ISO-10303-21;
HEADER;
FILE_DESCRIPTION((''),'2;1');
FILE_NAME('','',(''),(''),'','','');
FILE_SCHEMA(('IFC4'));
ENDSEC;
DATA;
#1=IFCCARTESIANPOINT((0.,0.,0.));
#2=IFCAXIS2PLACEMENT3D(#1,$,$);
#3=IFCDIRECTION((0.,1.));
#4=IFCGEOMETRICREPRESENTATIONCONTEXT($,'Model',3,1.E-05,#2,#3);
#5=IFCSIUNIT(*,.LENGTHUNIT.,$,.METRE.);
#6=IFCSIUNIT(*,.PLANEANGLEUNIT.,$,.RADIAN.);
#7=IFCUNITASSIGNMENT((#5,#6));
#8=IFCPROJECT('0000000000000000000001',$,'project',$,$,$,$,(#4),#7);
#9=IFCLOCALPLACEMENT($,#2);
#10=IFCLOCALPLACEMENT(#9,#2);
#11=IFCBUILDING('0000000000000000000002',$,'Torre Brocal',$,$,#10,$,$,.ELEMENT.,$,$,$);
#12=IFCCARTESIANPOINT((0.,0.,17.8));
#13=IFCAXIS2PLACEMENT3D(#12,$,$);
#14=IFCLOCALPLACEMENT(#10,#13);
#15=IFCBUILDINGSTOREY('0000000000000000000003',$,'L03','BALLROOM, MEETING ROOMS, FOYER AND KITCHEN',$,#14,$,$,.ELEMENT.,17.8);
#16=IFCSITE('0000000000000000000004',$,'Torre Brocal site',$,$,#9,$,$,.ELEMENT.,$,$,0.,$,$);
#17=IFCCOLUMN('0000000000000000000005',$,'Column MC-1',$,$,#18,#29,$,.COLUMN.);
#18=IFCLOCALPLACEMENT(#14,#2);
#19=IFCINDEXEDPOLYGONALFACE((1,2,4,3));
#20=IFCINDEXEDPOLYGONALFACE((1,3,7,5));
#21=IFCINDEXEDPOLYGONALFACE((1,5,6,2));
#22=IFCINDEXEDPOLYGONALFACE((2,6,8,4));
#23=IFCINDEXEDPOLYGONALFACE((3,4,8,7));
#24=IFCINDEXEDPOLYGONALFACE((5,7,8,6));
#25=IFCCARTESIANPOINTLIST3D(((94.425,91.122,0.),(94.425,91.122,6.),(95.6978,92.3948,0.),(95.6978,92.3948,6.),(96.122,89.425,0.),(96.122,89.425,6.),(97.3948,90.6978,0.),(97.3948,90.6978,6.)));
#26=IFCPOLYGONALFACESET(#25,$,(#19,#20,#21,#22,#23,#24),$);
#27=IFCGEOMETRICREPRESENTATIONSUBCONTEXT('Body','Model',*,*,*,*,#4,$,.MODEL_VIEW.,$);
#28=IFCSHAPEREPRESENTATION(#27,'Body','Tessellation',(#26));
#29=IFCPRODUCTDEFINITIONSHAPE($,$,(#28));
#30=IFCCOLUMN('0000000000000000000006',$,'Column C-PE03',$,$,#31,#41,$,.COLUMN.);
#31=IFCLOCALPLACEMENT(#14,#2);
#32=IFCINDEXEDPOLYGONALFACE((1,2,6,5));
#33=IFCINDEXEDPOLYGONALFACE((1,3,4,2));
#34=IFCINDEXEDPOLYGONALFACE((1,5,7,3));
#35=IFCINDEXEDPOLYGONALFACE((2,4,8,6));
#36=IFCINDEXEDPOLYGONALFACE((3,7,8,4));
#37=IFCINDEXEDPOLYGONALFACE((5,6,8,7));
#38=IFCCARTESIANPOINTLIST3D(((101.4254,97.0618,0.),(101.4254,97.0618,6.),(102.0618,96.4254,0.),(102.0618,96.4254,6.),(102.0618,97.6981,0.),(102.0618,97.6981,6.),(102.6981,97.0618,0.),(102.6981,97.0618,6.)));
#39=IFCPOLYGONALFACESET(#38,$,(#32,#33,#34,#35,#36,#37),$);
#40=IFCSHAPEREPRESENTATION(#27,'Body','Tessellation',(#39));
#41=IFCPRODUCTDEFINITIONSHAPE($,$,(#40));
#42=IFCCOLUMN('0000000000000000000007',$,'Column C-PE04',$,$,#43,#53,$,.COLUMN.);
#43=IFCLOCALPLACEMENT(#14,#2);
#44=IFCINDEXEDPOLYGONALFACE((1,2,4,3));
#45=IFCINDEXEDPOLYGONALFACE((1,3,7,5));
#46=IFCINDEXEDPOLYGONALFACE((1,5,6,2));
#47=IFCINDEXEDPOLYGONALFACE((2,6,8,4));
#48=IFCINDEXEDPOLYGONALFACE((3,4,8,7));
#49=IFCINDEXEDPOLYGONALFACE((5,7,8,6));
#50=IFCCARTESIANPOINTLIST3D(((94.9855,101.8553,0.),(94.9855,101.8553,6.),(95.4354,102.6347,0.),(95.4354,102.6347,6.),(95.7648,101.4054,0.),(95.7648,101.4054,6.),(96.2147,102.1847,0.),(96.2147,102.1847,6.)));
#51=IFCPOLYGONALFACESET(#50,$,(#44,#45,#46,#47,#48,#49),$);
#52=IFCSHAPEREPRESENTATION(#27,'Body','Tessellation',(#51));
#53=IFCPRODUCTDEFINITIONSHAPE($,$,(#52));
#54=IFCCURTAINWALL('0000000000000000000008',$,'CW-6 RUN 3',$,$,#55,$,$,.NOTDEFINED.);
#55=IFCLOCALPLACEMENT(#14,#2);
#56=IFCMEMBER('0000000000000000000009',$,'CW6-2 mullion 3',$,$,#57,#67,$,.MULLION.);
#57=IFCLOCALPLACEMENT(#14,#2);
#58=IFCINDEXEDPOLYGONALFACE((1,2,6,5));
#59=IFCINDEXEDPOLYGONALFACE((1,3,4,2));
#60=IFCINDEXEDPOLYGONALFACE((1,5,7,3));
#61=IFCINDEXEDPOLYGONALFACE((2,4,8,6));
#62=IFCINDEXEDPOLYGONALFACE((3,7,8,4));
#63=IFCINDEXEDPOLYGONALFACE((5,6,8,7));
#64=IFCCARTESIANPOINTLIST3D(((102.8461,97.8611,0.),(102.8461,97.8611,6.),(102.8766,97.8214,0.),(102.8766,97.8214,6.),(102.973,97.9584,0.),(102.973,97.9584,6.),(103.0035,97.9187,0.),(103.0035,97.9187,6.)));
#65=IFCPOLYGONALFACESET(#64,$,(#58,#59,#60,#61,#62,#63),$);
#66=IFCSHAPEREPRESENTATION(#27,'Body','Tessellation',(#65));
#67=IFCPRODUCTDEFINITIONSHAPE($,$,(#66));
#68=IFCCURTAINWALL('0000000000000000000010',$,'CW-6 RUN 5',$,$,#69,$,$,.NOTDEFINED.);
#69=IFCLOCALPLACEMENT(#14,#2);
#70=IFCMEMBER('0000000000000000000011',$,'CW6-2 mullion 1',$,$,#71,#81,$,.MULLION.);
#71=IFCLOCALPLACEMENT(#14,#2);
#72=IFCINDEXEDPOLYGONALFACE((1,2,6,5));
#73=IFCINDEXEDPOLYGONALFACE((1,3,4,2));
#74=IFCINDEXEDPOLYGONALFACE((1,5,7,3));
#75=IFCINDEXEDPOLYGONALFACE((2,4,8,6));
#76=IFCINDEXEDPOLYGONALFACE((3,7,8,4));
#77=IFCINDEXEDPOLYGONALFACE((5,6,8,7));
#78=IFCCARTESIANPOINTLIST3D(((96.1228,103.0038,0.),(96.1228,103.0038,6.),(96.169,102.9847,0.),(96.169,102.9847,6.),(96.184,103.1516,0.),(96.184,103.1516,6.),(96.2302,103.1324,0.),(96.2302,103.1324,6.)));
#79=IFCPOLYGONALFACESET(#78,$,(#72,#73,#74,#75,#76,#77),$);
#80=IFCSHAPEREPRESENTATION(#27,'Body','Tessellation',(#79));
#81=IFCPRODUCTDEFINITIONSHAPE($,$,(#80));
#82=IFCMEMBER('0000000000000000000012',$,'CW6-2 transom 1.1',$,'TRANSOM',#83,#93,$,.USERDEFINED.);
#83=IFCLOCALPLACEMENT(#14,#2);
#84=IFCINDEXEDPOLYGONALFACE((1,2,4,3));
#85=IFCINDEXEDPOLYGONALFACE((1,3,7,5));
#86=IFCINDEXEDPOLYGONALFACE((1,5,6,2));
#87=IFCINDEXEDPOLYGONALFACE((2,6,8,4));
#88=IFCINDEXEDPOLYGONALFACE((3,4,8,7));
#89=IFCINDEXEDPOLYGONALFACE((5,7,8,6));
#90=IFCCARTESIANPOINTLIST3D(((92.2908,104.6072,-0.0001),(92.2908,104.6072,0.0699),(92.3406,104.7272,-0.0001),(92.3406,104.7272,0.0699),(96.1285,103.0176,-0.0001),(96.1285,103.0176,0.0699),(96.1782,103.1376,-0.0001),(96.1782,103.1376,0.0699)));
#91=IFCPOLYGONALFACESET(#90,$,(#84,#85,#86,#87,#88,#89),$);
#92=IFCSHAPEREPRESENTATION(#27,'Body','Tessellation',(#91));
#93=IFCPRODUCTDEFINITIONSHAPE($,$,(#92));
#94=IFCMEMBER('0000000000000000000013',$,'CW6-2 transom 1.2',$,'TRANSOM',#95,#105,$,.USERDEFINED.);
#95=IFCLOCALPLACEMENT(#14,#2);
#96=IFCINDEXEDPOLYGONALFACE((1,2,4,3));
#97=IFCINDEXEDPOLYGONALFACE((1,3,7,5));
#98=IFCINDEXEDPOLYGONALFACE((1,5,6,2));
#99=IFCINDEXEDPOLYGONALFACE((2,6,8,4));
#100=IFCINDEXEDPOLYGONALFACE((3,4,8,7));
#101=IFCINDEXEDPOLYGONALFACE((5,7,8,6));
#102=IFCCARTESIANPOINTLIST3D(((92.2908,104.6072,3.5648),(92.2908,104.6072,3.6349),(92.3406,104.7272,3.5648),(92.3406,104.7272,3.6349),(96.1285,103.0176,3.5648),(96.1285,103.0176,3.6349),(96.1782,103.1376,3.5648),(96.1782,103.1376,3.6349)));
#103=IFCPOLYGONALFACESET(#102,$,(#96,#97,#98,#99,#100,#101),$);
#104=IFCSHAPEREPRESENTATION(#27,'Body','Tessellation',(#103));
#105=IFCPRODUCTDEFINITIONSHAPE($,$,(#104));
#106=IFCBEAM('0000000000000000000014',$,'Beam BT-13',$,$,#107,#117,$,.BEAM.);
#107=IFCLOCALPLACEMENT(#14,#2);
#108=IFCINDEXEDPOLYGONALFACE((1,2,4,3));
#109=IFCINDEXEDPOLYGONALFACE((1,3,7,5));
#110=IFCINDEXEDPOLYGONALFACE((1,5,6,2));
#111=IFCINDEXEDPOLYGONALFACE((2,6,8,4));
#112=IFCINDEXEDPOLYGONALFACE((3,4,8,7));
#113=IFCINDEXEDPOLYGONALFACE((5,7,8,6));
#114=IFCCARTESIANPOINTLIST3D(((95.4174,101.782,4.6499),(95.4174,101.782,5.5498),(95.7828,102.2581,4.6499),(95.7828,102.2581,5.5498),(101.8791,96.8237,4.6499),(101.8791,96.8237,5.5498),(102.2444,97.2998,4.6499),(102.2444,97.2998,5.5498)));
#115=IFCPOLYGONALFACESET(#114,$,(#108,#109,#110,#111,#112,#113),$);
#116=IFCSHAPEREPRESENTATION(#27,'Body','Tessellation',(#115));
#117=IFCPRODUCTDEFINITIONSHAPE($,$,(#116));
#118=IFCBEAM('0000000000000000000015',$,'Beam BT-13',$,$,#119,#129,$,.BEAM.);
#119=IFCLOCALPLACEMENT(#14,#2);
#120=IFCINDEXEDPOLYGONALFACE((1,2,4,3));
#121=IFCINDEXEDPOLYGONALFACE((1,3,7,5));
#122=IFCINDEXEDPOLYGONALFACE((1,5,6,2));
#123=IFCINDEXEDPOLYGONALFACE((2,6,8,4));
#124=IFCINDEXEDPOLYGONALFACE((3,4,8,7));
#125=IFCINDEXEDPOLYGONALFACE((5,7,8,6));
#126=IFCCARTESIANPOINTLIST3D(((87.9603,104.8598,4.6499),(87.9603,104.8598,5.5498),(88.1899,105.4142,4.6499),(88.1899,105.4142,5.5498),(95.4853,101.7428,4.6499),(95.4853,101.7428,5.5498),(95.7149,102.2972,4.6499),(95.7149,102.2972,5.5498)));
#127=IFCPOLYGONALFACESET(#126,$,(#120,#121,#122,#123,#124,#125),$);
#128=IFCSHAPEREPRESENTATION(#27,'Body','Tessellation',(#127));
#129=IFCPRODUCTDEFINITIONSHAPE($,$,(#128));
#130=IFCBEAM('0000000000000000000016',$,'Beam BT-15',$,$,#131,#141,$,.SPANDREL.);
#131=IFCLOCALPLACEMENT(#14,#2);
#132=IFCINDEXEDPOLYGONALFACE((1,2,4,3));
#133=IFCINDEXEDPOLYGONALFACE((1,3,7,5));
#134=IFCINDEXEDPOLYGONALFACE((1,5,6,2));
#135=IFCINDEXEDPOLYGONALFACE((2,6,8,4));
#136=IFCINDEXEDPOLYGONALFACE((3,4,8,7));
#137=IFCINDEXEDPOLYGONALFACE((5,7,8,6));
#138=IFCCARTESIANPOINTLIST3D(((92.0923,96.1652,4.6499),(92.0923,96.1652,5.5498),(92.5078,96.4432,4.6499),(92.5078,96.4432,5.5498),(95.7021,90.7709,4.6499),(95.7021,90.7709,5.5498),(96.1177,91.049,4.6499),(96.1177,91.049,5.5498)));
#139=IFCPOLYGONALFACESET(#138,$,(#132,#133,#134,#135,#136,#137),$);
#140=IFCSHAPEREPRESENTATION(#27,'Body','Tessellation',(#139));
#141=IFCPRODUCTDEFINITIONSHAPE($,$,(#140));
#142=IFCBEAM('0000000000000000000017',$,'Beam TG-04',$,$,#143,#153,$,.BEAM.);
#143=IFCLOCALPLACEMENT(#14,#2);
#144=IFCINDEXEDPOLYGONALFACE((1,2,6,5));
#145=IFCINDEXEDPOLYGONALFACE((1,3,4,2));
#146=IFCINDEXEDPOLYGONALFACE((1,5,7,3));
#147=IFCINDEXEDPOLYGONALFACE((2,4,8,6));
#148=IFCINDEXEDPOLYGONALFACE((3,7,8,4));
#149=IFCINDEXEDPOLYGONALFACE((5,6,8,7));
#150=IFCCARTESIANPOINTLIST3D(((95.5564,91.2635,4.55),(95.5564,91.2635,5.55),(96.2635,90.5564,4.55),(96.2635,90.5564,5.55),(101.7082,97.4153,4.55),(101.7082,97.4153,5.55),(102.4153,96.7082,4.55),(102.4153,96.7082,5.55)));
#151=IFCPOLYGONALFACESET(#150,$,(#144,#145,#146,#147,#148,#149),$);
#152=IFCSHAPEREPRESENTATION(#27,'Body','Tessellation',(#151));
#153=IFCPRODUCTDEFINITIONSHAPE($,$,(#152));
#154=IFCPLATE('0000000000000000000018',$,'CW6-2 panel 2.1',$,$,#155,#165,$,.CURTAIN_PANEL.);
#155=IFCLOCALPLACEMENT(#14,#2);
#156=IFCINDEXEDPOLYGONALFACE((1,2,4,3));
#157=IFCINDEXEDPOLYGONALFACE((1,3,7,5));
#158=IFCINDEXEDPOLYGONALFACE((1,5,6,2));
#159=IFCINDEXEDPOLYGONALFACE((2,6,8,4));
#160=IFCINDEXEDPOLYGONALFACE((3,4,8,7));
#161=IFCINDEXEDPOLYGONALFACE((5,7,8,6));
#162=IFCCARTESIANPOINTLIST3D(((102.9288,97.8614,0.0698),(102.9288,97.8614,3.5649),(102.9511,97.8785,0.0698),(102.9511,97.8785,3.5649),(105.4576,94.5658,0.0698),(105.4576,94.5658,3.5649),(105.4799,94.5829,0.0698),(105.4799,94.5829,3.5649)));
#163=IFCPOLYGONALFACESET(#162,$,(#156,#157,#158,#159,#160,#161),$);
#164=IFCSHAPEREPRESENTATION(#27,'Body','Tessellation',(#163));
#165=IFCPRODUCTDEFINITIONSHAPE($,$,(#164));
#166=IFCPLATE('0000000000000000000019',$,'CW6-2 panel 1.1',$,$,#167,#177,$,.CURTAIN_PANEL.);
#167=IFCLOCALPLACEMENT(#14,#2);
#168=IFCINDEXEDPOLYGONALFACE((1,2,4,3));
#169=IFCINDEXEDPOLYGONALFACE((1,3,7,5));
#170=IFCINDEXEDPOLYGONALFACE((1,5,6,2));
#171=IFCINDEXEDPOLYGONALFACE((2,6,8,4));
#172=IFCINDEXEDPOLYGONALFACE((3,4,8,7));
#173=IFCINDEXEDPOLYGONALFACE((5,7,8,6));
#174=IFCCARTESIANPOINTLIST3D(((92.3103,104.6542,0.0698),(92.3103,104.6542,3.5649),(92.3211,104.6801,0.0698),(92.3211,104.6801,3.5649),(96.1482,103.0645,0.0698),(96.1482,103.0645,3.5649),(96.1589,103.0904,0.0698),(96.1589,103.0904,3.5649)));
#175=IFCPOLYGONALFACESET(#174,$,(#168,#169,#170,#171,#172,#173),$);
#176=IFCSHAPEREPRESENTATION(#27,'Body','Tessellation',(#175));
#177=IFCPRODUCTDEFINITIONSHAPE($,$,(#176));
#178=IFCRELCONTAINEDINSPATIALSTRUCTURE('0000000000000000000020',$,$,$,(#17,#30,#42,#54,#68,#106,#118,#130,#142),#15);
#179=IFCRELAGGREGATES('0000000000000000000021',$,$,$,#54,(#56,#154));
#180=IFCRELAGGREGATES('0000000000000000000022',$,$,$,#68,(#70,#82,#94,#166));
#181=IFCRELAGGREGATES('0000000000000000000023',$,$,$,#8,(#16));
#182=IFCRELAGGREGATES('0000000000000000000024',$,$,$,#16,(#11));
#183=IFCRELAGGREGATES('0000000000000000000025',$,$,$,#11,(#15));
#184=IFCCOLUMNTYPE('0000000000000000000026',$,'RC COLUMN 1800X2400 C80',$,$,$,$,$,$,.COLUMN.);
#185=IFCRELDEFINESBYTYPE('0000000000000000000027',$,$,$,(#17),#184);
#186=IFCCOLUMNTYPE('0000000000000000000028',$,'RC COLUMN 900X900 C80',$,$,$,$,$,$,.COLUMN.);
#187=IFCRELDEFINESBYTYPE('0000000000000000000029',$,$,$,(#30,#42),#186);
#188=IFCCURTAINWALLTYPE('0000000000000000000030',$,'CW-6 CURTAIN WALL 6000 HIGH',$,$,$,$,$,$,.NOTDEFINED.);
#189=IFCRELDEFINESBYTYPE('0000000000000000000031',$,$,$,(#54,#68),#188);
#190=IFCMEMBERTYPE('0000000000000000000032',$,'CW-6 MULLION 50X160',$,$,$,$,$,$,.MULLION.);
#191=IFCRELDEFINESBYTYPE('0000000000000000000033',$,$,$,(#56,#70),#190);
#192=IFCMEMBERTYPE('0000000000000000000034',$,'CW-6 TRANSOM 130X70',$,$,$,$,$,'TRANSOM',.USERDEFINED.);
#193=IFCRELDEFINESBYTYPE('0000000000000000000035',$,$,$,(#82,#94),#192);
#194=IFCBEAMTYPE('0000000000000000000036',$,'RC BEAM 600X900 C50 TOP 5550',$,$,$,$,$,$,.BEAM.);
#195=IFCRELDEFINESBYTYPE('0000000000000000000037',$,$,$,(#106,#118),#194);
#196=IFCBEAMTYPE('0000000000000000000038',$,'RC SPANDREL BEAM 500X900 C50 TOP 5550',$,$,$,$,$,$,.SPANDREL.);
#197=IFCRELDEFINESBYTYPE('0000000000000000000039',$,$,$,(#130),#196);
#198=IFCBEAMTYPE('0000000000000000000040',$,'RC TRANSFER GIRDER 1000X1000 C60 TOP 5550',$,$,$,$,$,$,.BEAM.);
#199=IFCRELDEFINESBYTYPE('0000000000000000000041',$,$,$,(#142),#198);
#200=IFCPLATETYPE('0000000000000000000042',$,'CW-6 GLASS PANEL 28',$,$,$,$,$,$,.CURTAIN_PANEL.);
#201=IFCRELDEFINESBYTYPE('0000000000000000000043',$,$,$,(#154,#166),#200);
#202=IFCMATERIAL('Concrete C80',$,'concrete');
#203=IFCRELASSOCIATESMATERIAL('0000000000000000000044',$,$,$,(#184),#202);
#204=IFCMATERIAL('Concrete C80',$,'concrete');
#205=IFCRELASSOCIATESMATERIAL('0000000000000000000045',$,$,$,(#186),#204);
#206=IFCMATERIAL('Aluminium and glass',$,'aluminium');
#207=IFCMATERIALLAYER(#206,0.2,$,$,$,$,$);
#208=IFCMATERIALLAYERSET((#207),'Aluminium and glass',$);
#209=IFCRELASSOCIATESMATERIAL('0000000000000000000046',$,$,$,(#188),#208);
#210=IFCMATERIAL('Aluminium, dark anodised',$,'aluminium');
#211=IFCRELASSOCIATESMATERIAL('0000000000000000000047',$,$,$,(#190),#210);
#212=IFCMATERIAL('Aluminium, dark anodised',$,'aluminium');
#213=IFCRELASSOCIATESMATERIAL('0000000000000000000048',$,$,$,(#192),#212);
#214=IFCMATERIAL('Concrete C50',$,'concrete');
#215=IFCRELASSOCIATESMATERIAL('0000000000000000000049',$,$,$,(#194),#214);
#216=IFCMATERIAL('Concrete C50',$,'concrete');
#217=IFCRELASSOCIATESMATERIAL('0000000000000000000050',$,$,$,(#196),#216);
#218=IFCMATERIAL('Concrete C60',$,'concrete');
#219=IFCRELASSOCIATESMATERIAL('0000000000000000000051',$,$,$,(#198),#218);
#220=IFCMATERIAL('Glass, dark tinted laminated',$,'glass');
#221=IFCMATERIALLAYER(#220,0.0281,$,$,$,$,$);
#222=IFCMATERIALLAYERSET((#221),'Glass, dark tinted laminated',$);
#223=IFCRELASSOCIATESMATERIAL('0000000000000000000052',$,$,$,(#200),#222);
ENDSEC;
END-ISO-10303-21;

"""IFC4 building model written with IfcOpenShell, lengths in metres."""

from ifc_helpers import new_model, si_unit, direction, frame, origin, origin_2d, place, context, subcontext, project, spatial, rectangle, extrude, material, layer, layer_set, material_profile, profile_set, type_object, element, aggregate, save


model = new_model("IFC4")

# Units and contexts
model_context = context("Model", 3, precision=1e-05, world=origin(), true_north=direction((0.0, 1.0)))
body_context = subcontext(model_context, "Body", "Model", "MODEL_VIEW")
ifc_project = project(units=[si_unit("LENGTHUNIT", "METRE"), si_unit("PLANEANGLEUNIT", "RADIAN")], contexts=[model_context])

# Site, building, storey
site_placement = place(None, origin())
site = spatial("IfcSite", under=ifc_project, at=site_placement, Name="Torre Brocal site", CompositionType="ELEMENT", RefElevation=0.0)
building_placement = place(site_placement, origin())
building = spatial("IfcBuilding", under=site, at=building_placement, Name="Torre Brocal", CompositionType="ELEMENT")
storey_placement = place(building_placement, frame((0.0, 0.0, 17.8)))
storey = spatial("IfcBuildingStorey", under=building, at=storey_placement, Name="L03", Description="BALLROOM, MEETING ROOMS, FOYER AND KITCHEN", CompositionType="ELEMENT", Elevation=17.8)

# Columns
ifc_material_1 = material(Name="Concrete C80", Category="concrete")
ifc_material_profile_1 = material_profile(ifc_material_1, rectangle(XDim=1.8, YDim=2.3999, at=origin_2d()), Name="RC 1800X2400")
ifc_profile_set_1 = profile_set([ifc_material_profile_1], Name="Concrete C80")
column_type_1 = type_object("IfcColumnType", Name="RC COLUMN 1800X2400 C80", PredefinedType="COLUMN", material=ifc_profile_set_1)
column_placement = place(storey_placement, frame((95.9099, 90.9099, 0.0), z_axis=(0.0, 0.0, 1.0), x_axis=(0.707107, 0.707107, 0.0)))
element("IfcColumn", 1, at=column_placement, inside=storey, type_object=column_type_1, Name="Column MC-1", PredefinedType="COLUMN", context=body_context, shape_type="SweptSolid", body=[
    extrude(rectangle(XDim=1.8, YDim=2.3999, at=origin_2d()), origin(), (0.0, 0.0, 1.0), 6.0),
])
ifc_material_2 = material(Name="Concrete C80", Category="concrete")
ifc_material_profile_2 = material_profile(ifc_material_2, rectangle(XDim=0.8999, YDim=0.8999, at=origin_2d()), Name="RC 900X900")
ifc_profile_set_2 = profile_set([ifc_material_profile_2], Name="Concrete C80")
column_type_2 = type_object("IfcColumnType", Name="RC COLUMN 900X900 C80", PredefinedType="COLUMN", material=ifc_profile_set_2)
for number, where, z_axis, x_axis, name in (
    (2, (102.0618, 97.0618, 0.0), (0.0, 0.0, 1.0), (0.707107, 0.707107, 0.0), "Column C-PE03"),
    (3, (95.6001, 102.02, 0.0), (0.0, 0.0, 1.0), (0.5, 0.866025, 0.0), "Column C-PE04"),
):
    element("IfcColumn", number, at=place(storey_placement, frame(where, z_axis=z_axis, x_axis=x_axis)), inside=storey, type_object=column_type_2, Name=name, PredefinedType="COLUMN", context=body_context, shape_type="SweptSolid", body=[
        extrude(rectangle(XDim=0.8999, YDim=0.8999, at=origin_2d()), origin(), (0.0, 0.0, 1.0), 6.0),
    ])

# Curtain wall, member
ifc_material_3 = material(Name="Aluminium and glass", Category="aluminium")
ifc_layer_1 = layer(ifc_material_3, 0.2)
ifc_layer_set_1 = layer_set([ifc_layer_1], Name="Aluminium and glass")
curtain_wall_type = type_object("IfcCurtainWallType", Name="CW-6 CURTAIN WALL 6000 HIGH", PredefinedType="NOTDEFINED", material=ifc_layer_set_1)
curtain_wall_1_placement = place(storey_placement, origin())
curtain_wall_1 = element("IfcCurtainWall", 4, at=curtain_wall_1_placement, inside=storey, type_object=curtain_wall_type, Name="CW-6 RUN 3", PredefinedType="NOTDEFINED")
ifc_material_4 = material(Name="Aluminium, dark anodised", Category="aluminium")
ifc_material_profile_3 = material_profile(ifc_material_4, rectangle(XDim=0.1599, YDim=0.05, at=origin_2d()), Name="CW-6 MULLION 50X160")
ifc_profile_set_3 = profile_set([ifc_material_profile_3], Name="Aluminium, dark anodised")
member_type_1 = type_object("IfcMemberType", Name="CW-6 MULLION 50X160", PredefinedType="MULLION", material=ifc_profile_set_3)
member_1_placement = place(storey_placement, frame((102.9248, 97.8899, 0.0), z_axis=(0.0, 0.0, 1.0), x_axis=(-0.793353, -0.608761, 0.0)))
member_1 = element("IfcMember", 5, at=member_1_placement, type_object=member_type_1, Name="CW6-2 mullion 3", PredefinedType="MULLION", context=body_context, shape_type="SweptSolid", body=[
    extrude(rectangle(XDim=0.1599, YDim=0.05, at=origin_2d()), origin(), (0.0, 0.0, 1.0), 6.0),
])

# Curtain wall, members
curtain_wall_2_placement = place(storey_placement, origin())
curtain_wall_2 = element("IfcCurtainWall", 6, at=curtain_wall_2_placement, inside=storey, type_object=curtain_wall_type, Name="CW-6 RUN 5", PredefinedType="NOTDEFINED")
member_2_placement = place(storey_placement, frame((96.1765, 103.0681, 0.0), z_axis=(0.0, 0.0, 1.0), x_axis=(-0.382683, -0.92388, 0.0)))
member_2 = element("IfcMember", 7, at=member_2_placement, type_object=member_type_1, Name="CW6-2 mullion 1", PredefinedType="MULLION", context=body_context, shape_type="SweptSolid", body=[
    extrude(rectangle(XDim=0.1599, YDim=0.05, at=origin_2d()), origin(), (0.0, 0.0, 1.0), 6.0),
])
ifc_material_5 = material(Name="Aluminium, dark anodised", Category="aluminium")
ifc_material_profile_4 = material_profile(ifc_material_5, rectangle(XDim=0.1299, YDim=0.0701, at=origin_2d()), Name="CW-6 TRANSOM 130X70")
ifc_profile_set_4 = profile_set([ifc_material_profile_4], Name="Aluminium, dark anodised")
member_type_2 = type_object("IfcMemberType", Name="CW-6 TRANSOM 130X70", ElementType="TRANSOM", PredefinedType="USERDEFINED", material=ifc_profile_set_4)
member_3_placement = place(storey_placement, frame((96.1533, 103.0776, 0.0349), z_axis=(-0.92388, 0.382682, 0.0), x_axis=(-0.382682, -0.92388, 0.0)))
member_3 = element("IfcMember", 8, at=member_3_placement, type_object=member_type_2, Name="CW6-2 transom 1.1", ObjectType="TRANSOM", PredefinedType="USERDEFINED", context=body_context, shape_type="SweptSolid", body=[
    extrude(rectangle(XDim=0.1299, YDim=0.0701, at=origin_2d()), origin(), (0.0, 0.0, 1.0), 4.1538),
])
member_4_placement = place(storey_placement, frame((96.1533, 103.0776, 3.5999), z_axis=(-0.92388, 0.382682, 0.0), x_axis=(-0.382682, -0.92388, 0.0)))
member_4 = element("IfcMember", 9, at=member_4_placement, type_object=member_type_2, Name="CW6-2 transom 1.2", ObjectType="TRANSOM", PredefinedType="USERDEFINED", context=body_context, shape_type="SweptSolid", body=[
    extrude(rectangle(XDim=0.1299, YDim=0.0701, at=origin_2d()), origin(), (0.0, 0.0, 1.0), 4.1538),
])

# Beams
ifc_material_6 = material(Name="Concrete C50", Category="concrete")
ifc_material_profile_5 = material_profile(ifc_material_6, rectangle(XDim=0.6001, YDim=0.8999, at=origin_2d()), Name="RC 600X900")
ifc_profile_set_5 = profile_set([ifc_material_profile_5], Name="Concrete C50")
beam_type_1 = type_object("IfcBeamType", Name="RC BEAM 600X900 C50 TOP 5550", PredefinedType="BEAM", material=ifc_profile_set_5)
beam_1_placement = place(storey_placement, frame((102.0618, 97.0618, 5.0999), z_axis=(-0.793351, 0.608764, 0.0), x_axis=(-0.608764, -0.793351, 0.0)))
element("IfcBeam", 10, at=beam_1_placement, inside=storey, type_object=beam_type_1, Name="Beam BT-13", PredefinedType="BEAM", context=body_context, shape_type="SweptSolid", body=[
    extrude(rectangle(XDim=0.6001, YDim=0.8999, at=origin_2d()), origin(), (0.0, 0.0, 1.0), 8.1448),
])
beam_2_placement = place(storey_placement, frame((95.6001, 102.02, 5.0999), z_axis=(-0.923878, 0.382686, 0.0), x_axis=(-0.382686, -0.923878, 0.0)))
element("IfcBeam", 11, at=beam_2_placement, inside=storey, type_object=beam_type_1, Name="Beam BT-13", PredefinedType="BEAM", context=body_context, shape_type="SweptSolid", body=[
    extrude(rectangle(XDim=0.6001, YDim=0.8999, at=origin_2d()), origin(), (0.0, 0.0, 1.0), 8.145),
])
ifc_material_7 = material(Name="Concrete C50", Category="concrete")
ifc_material_profile_6 = material_profile(ifc_material_7, rectangle(XDim=0.5, YDim=0.8999, at=origin_2d()), Name="RC 500X900")
ifc_profile_set_6 = profile_set([ifc_material_profile_6], Name="Concrete C50")
beam_type_2 = type_object("IfcBeamType", Name="RC SPANDREL BEAM 500X900 C50 TOP 5550", PredefinedType="SPANDREL", material=ifc_profile_set_6)
beam_3_placement = place(storey_placement, frame((95.9099, 90.9099, 5.0999), z_axis=(-0.556158, 0.831077, 0.0), x_axis=(-0.831077, -0.556158, 0.0)))
element("IfcBeam", 12, at=beam_3_placement, inside=storey, type_object=beam_type_2, Name="Beam BT-15", PredefinedType="SPANDREL", context=body_context, shape_type="SweptSolid", body=[
    extrude(rectangle(XDim=0.5, YDim=0.8999, at=origin_2d()), origin(), (0.0, 0.0, 1.0), 6.4907),
])
ifc_material_8 = material(Name="Concrete C60", Category="concrete")
ifc_material_profile_7 = material_profile(ifc_material_8, rectangle(XDim=1.0, YDim=1.0, at=origin_2d()), Name="RC 1000X1000")
ifc_profile_set_7 = profile_set([ifc_material_profile_7], Name="Concrete C60")
beam_type_3 = type_object("IfcBeamType", Name="RC TRANSFER GIRDER 1000X1000 C60 TOP 5550", PredefinedType="BEAM", material=ifc_profile_set_7)
beam_4_placement = place(storey_placement, frame((95.9099, 90.9099, 5.05), z_axis=(0.707107, 0.707107, 0.0), x_axis=(-0.707107, 0.707107, 0.0)))
element("IfcBeam", 13, at=beam_4_placement, inside=storey, type_object=beam_type_3, Name="Beam TG-04", PredefinedType="BEAM", context=body_context, shape_type="SweptSolid", body=[
    extrude(rectangle(XDim=1.0, YDim=1.0, at=origin_2d()), origin(), (0.0, 0.0, 1.0), 8.7),
])

# Plates
ifc_material_9 = material(Name="Glass, dark tinted laminated", Category="glass")
ifc_layer_2 = layer(ifc_material_9, 0.0281)
ifc_layer_set_2 = layer_set([ifc_layer_2], Name="Glass, dark tinted laminated")
plate_type = type_object("IfcPlateType", Name="CW-6 GLASS PANEL 28", PredefinedType="CURTAIN_PANEL", material=ifc_layer_set_2)
plate_1_placement = place(storey_placement, frame((104.2043, 96.2222, 0.0698), z_axis=(0.0, 0.0, 1.0), x_axis=(-0.608761, 0.793353, 0.0)))
plate_1 = element("IfcPlate", 14, at=plate_1_placement, type_object=plate_type, Name="CW6-2 panel 2.1", PredefinedType="CURTAIN_PANEL", context=body_context, shape_type="SweptSolid", body=[
    extrude(rectangle(XDim=4.1541, YDim=0.0281, at=origin_2d()), origin(), (0.0, 0.0, 1.0), 3.4951),
])
aggregate(curtain_wall_1, [member_1, plate_1])
plate_2_placement = place(storey_placement, frame((94.2346, 103.8723, 0.0698), z_axis=(0.0, 0.0, 1.0), x_axis=(-0.92388, 0.382683, 0.0)))
plate_2 = element("IfcPlate", 15, at=plate_2_placement, type_object=plate_type, Name="CW6-2 panel 1.1", PredefinedType="CURTAIN_PANEL", context=body_context, shape_type="SweptSolid", body=[
    extrude(rectangle(XDim=4.1541, YDim=0.0281, at=origin_2d()), origin(), (0.0, 0.0, 1.0), 3.4951),
])
aggregate(curtain_wall_2, [member_2, member_3, member_4, plate_2])

save(model, "model.ifc")
